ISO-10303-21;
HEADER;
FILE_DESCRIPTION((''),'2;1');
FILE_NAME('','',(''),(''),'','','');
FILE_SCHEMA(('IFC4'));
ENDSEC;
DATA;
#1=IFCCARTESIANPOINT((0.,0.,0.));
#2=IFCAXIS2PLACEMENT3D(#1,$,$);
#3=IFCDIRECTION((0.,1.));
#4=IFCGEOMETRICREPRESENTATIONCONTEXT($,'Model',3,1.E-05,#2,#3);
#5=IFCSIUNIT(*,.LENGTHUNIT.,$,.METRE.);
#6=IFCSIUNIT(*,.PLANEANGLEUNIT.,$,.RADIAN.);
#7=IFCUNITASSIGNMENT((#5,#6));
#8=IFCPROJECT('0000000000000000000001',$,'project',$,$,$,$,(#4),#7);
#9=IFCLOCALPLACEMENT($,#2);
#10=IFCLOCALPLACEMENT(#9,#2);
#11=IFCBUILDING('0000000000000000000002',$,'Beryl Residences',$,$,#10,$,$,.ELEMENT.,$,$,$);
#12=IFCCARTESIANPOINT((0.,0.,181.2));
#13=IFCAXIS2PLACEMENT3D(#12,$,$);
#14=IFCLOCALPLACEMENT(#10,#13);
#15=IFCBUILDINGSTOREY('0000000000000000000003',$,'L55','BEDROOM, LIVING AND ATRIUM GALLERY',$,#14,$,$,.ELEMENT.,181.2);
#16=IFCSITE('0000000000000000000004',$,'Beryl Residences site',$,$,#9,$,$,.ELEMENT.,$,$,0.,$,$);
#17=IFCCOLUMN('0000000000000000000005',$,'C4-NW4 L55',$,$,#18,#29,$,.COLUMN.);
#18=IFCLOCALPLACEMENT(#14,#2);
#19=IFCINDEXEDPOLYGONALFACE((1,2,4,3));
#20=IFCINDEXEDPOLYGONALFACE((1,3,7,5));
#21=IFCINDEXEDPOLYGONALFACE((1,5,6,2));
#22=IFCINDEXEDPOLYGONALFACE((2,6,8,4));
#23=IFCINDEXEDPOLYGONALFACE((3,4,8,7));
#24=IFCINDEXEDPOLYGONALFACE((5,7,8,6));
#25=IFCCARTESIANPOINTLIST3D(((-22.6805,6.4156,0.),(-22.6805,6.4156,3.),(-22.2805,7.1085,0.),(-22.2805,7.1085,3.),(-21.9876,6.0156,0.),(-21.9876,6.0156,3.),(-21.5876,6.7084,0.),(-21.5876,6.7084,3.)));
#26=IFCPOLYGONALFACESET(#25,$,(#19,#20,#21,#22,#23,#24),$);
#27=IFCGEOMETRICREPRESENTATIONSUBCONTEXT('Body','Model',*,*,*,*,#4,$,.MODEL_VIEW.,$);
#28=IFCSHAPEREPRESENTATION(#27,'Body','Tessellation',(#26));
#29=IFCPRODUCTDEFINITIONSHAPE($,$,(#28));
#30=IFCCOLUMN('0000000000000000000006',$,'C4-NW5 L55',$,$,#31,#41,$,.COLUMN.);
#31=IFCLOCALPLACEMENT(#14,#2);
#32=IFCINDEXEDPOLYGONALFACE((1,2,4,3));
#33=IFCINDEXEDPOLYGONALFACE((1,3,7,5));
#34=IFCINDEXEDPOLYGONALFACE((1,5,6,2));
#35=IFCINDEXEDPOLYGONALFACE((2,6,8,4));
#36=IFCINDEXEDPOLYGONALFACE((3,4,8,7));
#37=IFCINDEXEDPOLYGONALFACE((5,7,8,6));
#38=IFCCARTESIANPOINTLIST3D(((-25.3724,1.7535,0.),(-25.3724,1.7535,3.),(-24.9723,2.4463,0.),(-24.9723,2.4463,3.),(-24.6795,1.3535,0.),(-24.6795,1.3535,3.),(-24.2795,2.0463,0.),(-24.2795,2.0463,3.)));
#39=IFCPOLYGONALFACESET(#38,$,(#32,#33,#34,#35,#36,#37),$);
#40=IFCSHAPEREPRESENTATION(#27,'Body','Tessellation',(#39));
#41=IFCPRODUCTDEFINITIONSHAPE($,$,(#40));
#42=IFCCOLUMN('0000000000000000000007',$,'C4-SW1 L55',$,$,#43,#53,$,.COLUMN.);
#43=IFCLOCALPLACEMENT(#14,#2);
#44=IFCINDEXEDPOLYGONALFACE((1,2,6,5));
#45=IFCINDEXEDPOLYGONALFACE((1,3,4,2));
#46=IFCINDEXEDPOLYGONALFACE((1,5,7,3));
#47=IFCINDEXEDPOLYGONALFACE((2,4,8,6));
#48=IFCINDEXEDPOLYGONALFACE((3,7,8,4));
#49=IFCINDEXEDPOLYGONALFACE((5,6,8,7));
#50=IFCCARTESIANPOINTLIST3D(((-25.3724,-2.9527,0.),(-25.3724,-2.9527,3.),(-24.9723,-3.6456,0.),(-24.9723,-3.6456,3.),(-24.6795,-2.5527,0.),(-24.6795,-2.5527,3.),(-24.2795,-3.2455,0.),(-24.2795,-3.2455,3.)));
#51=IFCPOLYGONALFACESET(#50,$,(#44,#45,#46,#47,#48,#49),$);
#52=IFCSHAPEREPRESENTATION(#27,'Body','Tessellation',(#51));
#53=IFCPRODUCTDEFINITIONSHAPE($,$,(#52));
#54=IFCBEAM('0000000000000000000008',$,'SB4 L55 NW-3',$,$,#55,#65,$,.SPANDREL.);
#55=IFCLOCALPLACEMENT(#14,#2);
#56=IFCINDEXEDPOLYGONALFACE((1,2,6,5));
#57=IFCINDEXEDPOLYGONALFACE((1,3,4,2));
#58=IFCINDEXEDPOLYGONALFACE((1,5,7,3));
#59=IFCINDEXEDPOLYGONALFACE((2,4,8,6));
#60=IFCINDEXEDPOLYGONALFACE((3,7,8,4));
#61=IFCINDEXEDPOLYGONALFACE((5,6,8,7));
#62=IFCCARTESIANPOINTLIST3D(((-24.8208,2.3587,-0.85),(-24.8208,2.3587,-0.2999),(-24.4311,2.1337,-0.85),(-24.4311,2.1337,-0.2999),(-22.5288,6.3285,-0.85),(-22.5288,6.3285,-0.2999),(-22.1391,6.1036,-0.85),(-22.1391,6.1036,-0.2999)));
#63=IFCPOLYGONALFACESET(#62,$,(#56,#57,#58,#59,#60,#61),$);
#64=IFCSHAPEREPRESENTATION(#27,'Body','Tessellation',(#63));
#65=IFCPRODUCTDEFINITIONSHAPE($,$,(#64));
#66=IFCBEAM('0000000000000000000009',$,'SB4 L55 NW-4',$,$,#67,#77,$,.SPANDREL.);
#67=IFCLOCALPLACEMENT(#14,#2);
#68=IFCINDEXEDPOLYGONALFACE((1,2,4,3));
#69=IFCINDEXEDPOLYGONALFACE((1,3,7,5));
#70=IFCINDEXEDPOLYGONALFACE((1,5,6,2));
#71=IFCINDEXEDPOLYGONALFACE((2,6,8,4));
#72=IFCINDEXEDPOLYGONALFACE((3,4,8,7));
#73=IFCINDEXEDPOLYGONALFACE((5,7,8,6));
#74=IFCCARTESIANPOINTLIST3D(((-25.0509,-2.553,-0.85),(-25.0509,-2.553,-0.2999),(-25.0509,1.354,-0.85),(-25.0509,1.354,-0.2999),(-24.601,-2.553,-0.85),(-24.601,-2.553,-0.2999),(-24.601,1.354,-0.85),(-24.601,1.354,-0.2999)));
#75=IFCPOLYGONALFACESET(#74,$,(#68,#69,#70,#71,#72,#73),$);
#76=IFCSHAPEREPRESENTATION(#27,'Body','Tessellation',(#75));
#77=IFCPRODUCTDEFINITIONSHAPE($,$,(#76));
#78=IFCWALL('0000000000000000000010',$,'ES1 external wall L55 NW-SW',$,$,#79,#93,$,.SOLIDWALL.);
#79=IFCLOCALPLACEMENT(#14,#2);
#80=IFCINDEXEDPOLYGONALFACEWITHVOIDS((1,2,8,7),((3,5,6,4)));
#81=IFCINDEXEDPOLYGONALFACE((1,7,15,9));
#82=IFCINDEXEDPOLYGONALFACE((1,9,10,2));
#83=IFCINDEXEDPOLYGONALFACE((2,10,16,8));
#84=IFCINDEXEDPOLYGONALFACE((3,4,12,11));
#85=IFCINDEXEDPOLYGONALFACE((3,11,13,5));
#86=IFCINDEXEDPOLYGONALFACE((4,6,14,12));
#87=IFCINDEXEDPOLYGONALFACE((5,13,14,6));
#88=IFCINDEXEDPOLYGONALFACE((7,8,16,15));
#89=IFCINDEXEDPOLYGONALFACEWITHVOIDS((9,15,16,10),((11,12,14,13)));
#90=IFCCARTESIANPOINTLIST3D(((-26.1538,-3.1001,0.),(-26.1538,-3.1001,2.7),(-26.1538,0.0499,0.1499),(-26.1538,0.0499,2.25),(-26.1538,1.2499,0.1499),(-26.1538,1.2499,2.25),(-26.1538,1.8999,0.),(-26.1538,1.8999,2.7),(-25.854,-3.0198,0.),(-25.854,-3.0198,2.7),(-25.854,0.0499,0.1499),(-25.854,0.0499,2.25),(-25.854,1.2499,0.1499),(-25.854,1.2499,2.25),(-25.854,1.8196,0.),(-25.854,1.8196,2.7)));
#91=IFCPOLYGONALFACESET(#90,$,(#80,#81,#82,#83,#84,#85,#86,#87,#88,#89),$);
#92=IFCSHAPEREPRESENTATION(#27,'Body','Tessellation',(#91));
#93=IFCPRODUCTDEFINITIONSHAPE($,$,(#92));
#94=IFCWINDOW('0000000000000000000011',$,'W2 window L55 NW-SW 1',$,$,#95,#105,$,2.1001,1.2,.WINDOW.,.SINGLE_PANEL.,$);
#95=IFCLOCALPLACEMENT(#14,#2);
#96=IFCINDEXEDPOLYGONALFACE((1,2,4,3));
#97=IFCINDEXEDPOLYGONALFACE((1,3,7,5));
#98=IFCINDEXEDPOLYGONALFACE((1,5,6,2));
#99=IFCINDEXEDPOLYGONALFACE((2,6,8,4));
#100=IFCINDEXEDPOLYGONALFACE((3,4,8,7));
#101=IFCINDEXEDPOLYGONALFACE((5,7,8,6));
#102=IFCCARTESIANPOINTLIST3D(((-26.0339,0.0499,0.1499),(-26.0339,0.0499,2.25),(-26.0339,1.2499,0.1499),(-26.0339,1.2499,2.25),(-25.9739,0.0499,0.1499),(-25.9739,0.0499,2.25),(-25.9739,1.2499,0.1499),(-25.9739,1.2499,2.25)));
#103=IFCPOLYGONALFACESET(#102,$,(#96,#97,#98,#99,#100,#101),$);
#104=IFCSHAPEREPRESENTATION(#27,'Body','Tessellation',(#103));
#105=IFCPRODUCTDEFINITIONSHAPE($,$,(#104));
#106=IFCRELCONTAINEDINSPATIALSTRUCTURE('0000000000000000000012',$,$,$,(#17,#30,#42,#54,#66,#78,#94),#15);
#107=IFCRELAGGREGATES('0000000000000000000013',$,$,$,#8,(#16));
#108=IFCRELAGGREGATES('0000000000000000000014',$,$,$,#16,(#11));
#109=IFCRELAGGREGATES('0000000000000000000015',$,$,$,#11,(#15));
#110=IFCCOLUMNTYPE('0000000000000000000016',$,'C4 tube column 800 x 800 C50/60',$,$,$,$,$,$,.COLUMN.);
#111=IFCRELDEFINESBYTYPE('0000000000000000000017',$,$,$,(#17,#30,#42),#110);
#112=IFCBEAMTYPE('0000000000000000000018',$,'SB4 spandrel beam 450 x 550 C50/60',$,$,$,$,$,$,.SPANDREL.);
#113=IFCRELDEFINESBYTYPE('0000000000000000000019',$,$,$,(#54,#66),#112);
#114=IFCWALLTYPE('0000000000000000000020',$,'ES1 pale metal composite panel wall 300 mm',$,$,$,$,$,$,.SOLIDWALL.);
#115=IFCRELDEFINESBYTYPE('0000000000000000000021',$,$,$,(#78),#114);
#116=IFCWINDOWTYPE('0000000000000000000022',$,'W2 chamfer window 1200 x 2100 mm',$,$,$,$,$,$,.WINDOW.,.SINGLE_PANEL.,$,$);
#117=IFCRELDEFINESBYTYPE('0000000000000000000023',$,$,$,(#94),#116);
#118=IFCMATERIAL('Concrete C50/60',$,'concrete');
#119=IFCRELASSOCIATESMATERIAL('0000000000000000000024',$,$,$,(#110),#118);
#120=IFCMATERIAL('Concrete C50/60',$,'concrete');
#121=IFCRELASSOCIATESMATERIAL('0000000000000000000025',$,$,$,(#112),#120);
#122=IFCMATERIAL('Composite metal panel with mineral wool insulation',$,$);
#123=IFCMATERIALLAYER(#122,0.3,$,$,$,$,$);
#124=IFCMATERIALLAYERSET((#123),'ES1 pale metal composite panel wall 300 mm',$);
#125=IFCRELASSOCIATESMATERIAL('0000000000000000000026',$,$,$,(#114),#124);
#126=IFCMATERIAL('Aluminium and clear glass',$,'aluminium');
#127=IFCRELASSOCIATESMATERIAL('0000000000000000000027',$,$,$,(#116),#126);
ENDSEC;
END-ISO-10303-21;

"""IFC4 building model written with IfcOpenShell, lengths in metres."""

from ifc_helpers import new_model, si_unit, direction, frame, frame_2d, origin, origin_2d, place, context, subcontext, project, spatial, polyline, rectangle, outline, extrude, material, layer, layer_set, material_profile, profile_set, type_object, element, fill, save


model = new_model("IFC4")

# Units and contexts
model_context = context("Model", 3, precision=1e-05, world=origin(), true_north=direction((0.0, 1.0)))
body_context = subcontext(model_context, "Body", "Model", "MODEL_VIEW")
ifc_project = project(units=[si_unit("LENGTHUNIT", "METRE"), si_unit("PLANEANGLEUNIT", "RADIAN")], contexts=[model_context])

# Site, building, storey
site_placement = place(None, origin())
site = spatial("IfcSite", under=ifc_project, at=site_placement, Name="Beryl Residences site", CompositionType="ELEMENT", RefElevation=0.0)
building_placement = place(site_placement, origin())
building = spatial("IfcBuilding", under=site, at=building_placement, Name="Beryl Residences", CompositionType="ELEMENT")
storey_placement = place(building_placement, frame((0.0, 0.0, 181.2)))
storey = spatial("IfcBuildingStorey", under=building, at=storey_placement, Name="L55", Description="BEDROOM, LIVING AND ATRIUM GALLERY", CompositionType="ELEMENT", Elevation=181.2)

# Columns
ifc_material_1 = material(Name="Concrete C50/60", Category="concrete")
ifc_material_profile_1 = material_profile(ifc_material_1, rectangle(XDim=0.8, YDim=0.8, at=origin_2d()))
ifc_profile_set_1 = profile_set([ifc_material_profile_1], Name="Concrete C50/60")
column_type = type_object("IfcColumnType", Name="C4 tube column 800 x 800 C50/60", PredefinedType="COLUMN", material=ifc_profile_set_1)
for number, where, z_axis, x_axis, name in (
    (1, (-22.134, 6.562, 0.0), (0.0, 0.0, 1.0), (-0.5, -0.866025, 0.0), "C4-NW4 L55"),
    (2, (-24.8259, 1.8999, 0.0), (0.0, 0.0, 1.0), (-0.5, -0.866025, 0.0), "C4-NW5 L55"),
    (3, (-24.8259, -3.0991, 0.0), (0.0, 0.0, 1.0), (0.5, -0.866025, 0.0), "C4-SW1 L55"),
):
    element("IfcColumn", number, at=place(storey_placement, frame(where, z_axis=z_axis, x_axis=x_axis)), inside=storey, type_object=column_type, Name=name, PredefinedType="COLUMN", context=body_context, shape_type="SweptSolid", body=[
        extrude(rectangle(XDim=0.8, YDim=0.8, at=origin_2d()), origin(), (0.0, 0.0, 1.0), 3.0),
    ])

# Beams
ifc_material_2 = material(Name="Concrete C50/60", Category="concrete")
ifc_material_profile_2 = material_profile(ifc_material_2, rectangle(XDim=0.45, YDim=0.55, at=origin_2d()))
ifc_profile_set_2 = profile_set([ifc_material_profile_2], Name="Concrete C50/60")
beam_type = type_object("IfcBeamType", Name="SB4 spandrel beam 450 x 550 C50/60", PredefinedType="SPANDREL", material=ifc_profile_set_2)
beam_1_placement = place(storey_placement, frame((-22.334, 6.2161, -0.575), z_axis=(-0.499988, -0.866032, 0.0), x_axis=(0.866032, -0.499988, 0.0)))
element("IfcBeam", 4, at=beam_1_placement, inside=storey, type_object=beam_type, Name="SB4 L55 NW-3", PredefinedType="SPANDREL", context=body_context, shape_type="SweptSolid", body=[
    extrude(rectangle(XDim=0.45, YDim=0.55, at=origin_2d()), origin(), (0.0, 0.0, 1.0), 4.584),
])
beam_2_placement = place(storey_placement, frame((-24.8259, 1.354, -0.575), z_axis=(0.0, -1.0, 0.0), x_axis=(1.0, 0.0, 0.0)))
element("IfcBeam", 5, at=beam_2_placement, inside=storey, type_object=beam_type, Name="SB4 L55 NW-4", PredefinedType="SPANDREL", context=body_context, shape_type="SweptSolid", body=[
    extrude(rectangle(XDim=0.45, YDim=0.55, at=origin_2d()), origin(), (0.0, 0.0, 1.0), 3.907),
])

# Wall, opening, window
ifc_material_3 = material(Name="Composite metal panel with mineral wool insulation")
ifc_layer_1 = layer(ifc_material_3, 0.3)
ifc_layer_set_1 = layer_set([ifc_layer_1], Name="ES1 pale metal composite panel wall 300 mm")
wall_type_1 = type_object("IfcWallType", Name="ES1 pale metal composite panel wall 300 mm", PredefinedType="SOLIDWALL", material=ifc_layer_set_1)
wall_1_placement = place(storey_placement, frame((-26.0039, 1.8999, 0.0), z_axis=(0.0, 0.0, 1.0), x_axis=(0.0, -1.0, 0.0)))
wall_1 = element("IfcWall", 6, at=wall_1_placement, inside=storey, type_object=wall_type_1, Name="ES1 external wall L55 NW-SW", PredefinedType="SOLIDWALL", context=body_context, shape_type="SweptSolid", body=[
    extrude(outline(polyline([(0.0, -0.1499), (5.0, -0.1499), (4.9197, 0.1499), (0.0803, 0.1499), (0.0, -0.1499)])), origin(), (0.0, 0.0, 1.0), 2.7),
])
opening_1_placement = place(wall_1_placement, frame((0.6499, 0.0, 0.1499)))
opening_1 = element("IfcOpeningElement", 7, at=opening_1_placement, cuts=wall_1, PredefinedType="OPENING", context=body_context, shape_type="SweptSolid", body=[
    extrude(rectangle(XDim=1.2, YDim=2.1001, at=frame_2d((0.6001, 1.05))), frame((0.0, 0.1599, 0.0), z_axis=(0.0, -1.0, 0.0), x_axis=(1.0, 0.0, 0.0)), (0.0, 0.0, 1.0), 0.3201),
])
ifc_material_4 = material(Name="Aluminium and clear glass", Category="aluminium")
window_type_1 = type_object("IfcWindowType", Name="W2 chamfer window 1200 x 2100 mm", PartitioningType="SINGLE_PANEL", PredefinedType="WINDOW", material=ifc_material_4)
window_1_placement = place(opening_1_placement, origin())
window_1 = element("IfcWindow", 8, at=window_1_placement, inside=storey, type_object=window_type_1, Name="W2 window L55 NW-SW 1", OverallHeight=2.1001, OverallWidth=1.2, PartitioningType="SINGLE_PANEL", PredefinedType="WINDOW", context=body_context, shape_type="SweptSolid", body=[
    extrude(rectangle(XDim=1.2, YDim=2.1001, at=frame_2d((0.6001, 1.05))), frame((0.0, 0.03, 0.0), z_axis=(0.0, -1.0, 0.0), x_axis=(1.0, 0.0, 0.0)), (0.0, 0.0, 1.0), 0.0601),
])
fill(opening_1, window_1)

save(model, "model.ifc")
